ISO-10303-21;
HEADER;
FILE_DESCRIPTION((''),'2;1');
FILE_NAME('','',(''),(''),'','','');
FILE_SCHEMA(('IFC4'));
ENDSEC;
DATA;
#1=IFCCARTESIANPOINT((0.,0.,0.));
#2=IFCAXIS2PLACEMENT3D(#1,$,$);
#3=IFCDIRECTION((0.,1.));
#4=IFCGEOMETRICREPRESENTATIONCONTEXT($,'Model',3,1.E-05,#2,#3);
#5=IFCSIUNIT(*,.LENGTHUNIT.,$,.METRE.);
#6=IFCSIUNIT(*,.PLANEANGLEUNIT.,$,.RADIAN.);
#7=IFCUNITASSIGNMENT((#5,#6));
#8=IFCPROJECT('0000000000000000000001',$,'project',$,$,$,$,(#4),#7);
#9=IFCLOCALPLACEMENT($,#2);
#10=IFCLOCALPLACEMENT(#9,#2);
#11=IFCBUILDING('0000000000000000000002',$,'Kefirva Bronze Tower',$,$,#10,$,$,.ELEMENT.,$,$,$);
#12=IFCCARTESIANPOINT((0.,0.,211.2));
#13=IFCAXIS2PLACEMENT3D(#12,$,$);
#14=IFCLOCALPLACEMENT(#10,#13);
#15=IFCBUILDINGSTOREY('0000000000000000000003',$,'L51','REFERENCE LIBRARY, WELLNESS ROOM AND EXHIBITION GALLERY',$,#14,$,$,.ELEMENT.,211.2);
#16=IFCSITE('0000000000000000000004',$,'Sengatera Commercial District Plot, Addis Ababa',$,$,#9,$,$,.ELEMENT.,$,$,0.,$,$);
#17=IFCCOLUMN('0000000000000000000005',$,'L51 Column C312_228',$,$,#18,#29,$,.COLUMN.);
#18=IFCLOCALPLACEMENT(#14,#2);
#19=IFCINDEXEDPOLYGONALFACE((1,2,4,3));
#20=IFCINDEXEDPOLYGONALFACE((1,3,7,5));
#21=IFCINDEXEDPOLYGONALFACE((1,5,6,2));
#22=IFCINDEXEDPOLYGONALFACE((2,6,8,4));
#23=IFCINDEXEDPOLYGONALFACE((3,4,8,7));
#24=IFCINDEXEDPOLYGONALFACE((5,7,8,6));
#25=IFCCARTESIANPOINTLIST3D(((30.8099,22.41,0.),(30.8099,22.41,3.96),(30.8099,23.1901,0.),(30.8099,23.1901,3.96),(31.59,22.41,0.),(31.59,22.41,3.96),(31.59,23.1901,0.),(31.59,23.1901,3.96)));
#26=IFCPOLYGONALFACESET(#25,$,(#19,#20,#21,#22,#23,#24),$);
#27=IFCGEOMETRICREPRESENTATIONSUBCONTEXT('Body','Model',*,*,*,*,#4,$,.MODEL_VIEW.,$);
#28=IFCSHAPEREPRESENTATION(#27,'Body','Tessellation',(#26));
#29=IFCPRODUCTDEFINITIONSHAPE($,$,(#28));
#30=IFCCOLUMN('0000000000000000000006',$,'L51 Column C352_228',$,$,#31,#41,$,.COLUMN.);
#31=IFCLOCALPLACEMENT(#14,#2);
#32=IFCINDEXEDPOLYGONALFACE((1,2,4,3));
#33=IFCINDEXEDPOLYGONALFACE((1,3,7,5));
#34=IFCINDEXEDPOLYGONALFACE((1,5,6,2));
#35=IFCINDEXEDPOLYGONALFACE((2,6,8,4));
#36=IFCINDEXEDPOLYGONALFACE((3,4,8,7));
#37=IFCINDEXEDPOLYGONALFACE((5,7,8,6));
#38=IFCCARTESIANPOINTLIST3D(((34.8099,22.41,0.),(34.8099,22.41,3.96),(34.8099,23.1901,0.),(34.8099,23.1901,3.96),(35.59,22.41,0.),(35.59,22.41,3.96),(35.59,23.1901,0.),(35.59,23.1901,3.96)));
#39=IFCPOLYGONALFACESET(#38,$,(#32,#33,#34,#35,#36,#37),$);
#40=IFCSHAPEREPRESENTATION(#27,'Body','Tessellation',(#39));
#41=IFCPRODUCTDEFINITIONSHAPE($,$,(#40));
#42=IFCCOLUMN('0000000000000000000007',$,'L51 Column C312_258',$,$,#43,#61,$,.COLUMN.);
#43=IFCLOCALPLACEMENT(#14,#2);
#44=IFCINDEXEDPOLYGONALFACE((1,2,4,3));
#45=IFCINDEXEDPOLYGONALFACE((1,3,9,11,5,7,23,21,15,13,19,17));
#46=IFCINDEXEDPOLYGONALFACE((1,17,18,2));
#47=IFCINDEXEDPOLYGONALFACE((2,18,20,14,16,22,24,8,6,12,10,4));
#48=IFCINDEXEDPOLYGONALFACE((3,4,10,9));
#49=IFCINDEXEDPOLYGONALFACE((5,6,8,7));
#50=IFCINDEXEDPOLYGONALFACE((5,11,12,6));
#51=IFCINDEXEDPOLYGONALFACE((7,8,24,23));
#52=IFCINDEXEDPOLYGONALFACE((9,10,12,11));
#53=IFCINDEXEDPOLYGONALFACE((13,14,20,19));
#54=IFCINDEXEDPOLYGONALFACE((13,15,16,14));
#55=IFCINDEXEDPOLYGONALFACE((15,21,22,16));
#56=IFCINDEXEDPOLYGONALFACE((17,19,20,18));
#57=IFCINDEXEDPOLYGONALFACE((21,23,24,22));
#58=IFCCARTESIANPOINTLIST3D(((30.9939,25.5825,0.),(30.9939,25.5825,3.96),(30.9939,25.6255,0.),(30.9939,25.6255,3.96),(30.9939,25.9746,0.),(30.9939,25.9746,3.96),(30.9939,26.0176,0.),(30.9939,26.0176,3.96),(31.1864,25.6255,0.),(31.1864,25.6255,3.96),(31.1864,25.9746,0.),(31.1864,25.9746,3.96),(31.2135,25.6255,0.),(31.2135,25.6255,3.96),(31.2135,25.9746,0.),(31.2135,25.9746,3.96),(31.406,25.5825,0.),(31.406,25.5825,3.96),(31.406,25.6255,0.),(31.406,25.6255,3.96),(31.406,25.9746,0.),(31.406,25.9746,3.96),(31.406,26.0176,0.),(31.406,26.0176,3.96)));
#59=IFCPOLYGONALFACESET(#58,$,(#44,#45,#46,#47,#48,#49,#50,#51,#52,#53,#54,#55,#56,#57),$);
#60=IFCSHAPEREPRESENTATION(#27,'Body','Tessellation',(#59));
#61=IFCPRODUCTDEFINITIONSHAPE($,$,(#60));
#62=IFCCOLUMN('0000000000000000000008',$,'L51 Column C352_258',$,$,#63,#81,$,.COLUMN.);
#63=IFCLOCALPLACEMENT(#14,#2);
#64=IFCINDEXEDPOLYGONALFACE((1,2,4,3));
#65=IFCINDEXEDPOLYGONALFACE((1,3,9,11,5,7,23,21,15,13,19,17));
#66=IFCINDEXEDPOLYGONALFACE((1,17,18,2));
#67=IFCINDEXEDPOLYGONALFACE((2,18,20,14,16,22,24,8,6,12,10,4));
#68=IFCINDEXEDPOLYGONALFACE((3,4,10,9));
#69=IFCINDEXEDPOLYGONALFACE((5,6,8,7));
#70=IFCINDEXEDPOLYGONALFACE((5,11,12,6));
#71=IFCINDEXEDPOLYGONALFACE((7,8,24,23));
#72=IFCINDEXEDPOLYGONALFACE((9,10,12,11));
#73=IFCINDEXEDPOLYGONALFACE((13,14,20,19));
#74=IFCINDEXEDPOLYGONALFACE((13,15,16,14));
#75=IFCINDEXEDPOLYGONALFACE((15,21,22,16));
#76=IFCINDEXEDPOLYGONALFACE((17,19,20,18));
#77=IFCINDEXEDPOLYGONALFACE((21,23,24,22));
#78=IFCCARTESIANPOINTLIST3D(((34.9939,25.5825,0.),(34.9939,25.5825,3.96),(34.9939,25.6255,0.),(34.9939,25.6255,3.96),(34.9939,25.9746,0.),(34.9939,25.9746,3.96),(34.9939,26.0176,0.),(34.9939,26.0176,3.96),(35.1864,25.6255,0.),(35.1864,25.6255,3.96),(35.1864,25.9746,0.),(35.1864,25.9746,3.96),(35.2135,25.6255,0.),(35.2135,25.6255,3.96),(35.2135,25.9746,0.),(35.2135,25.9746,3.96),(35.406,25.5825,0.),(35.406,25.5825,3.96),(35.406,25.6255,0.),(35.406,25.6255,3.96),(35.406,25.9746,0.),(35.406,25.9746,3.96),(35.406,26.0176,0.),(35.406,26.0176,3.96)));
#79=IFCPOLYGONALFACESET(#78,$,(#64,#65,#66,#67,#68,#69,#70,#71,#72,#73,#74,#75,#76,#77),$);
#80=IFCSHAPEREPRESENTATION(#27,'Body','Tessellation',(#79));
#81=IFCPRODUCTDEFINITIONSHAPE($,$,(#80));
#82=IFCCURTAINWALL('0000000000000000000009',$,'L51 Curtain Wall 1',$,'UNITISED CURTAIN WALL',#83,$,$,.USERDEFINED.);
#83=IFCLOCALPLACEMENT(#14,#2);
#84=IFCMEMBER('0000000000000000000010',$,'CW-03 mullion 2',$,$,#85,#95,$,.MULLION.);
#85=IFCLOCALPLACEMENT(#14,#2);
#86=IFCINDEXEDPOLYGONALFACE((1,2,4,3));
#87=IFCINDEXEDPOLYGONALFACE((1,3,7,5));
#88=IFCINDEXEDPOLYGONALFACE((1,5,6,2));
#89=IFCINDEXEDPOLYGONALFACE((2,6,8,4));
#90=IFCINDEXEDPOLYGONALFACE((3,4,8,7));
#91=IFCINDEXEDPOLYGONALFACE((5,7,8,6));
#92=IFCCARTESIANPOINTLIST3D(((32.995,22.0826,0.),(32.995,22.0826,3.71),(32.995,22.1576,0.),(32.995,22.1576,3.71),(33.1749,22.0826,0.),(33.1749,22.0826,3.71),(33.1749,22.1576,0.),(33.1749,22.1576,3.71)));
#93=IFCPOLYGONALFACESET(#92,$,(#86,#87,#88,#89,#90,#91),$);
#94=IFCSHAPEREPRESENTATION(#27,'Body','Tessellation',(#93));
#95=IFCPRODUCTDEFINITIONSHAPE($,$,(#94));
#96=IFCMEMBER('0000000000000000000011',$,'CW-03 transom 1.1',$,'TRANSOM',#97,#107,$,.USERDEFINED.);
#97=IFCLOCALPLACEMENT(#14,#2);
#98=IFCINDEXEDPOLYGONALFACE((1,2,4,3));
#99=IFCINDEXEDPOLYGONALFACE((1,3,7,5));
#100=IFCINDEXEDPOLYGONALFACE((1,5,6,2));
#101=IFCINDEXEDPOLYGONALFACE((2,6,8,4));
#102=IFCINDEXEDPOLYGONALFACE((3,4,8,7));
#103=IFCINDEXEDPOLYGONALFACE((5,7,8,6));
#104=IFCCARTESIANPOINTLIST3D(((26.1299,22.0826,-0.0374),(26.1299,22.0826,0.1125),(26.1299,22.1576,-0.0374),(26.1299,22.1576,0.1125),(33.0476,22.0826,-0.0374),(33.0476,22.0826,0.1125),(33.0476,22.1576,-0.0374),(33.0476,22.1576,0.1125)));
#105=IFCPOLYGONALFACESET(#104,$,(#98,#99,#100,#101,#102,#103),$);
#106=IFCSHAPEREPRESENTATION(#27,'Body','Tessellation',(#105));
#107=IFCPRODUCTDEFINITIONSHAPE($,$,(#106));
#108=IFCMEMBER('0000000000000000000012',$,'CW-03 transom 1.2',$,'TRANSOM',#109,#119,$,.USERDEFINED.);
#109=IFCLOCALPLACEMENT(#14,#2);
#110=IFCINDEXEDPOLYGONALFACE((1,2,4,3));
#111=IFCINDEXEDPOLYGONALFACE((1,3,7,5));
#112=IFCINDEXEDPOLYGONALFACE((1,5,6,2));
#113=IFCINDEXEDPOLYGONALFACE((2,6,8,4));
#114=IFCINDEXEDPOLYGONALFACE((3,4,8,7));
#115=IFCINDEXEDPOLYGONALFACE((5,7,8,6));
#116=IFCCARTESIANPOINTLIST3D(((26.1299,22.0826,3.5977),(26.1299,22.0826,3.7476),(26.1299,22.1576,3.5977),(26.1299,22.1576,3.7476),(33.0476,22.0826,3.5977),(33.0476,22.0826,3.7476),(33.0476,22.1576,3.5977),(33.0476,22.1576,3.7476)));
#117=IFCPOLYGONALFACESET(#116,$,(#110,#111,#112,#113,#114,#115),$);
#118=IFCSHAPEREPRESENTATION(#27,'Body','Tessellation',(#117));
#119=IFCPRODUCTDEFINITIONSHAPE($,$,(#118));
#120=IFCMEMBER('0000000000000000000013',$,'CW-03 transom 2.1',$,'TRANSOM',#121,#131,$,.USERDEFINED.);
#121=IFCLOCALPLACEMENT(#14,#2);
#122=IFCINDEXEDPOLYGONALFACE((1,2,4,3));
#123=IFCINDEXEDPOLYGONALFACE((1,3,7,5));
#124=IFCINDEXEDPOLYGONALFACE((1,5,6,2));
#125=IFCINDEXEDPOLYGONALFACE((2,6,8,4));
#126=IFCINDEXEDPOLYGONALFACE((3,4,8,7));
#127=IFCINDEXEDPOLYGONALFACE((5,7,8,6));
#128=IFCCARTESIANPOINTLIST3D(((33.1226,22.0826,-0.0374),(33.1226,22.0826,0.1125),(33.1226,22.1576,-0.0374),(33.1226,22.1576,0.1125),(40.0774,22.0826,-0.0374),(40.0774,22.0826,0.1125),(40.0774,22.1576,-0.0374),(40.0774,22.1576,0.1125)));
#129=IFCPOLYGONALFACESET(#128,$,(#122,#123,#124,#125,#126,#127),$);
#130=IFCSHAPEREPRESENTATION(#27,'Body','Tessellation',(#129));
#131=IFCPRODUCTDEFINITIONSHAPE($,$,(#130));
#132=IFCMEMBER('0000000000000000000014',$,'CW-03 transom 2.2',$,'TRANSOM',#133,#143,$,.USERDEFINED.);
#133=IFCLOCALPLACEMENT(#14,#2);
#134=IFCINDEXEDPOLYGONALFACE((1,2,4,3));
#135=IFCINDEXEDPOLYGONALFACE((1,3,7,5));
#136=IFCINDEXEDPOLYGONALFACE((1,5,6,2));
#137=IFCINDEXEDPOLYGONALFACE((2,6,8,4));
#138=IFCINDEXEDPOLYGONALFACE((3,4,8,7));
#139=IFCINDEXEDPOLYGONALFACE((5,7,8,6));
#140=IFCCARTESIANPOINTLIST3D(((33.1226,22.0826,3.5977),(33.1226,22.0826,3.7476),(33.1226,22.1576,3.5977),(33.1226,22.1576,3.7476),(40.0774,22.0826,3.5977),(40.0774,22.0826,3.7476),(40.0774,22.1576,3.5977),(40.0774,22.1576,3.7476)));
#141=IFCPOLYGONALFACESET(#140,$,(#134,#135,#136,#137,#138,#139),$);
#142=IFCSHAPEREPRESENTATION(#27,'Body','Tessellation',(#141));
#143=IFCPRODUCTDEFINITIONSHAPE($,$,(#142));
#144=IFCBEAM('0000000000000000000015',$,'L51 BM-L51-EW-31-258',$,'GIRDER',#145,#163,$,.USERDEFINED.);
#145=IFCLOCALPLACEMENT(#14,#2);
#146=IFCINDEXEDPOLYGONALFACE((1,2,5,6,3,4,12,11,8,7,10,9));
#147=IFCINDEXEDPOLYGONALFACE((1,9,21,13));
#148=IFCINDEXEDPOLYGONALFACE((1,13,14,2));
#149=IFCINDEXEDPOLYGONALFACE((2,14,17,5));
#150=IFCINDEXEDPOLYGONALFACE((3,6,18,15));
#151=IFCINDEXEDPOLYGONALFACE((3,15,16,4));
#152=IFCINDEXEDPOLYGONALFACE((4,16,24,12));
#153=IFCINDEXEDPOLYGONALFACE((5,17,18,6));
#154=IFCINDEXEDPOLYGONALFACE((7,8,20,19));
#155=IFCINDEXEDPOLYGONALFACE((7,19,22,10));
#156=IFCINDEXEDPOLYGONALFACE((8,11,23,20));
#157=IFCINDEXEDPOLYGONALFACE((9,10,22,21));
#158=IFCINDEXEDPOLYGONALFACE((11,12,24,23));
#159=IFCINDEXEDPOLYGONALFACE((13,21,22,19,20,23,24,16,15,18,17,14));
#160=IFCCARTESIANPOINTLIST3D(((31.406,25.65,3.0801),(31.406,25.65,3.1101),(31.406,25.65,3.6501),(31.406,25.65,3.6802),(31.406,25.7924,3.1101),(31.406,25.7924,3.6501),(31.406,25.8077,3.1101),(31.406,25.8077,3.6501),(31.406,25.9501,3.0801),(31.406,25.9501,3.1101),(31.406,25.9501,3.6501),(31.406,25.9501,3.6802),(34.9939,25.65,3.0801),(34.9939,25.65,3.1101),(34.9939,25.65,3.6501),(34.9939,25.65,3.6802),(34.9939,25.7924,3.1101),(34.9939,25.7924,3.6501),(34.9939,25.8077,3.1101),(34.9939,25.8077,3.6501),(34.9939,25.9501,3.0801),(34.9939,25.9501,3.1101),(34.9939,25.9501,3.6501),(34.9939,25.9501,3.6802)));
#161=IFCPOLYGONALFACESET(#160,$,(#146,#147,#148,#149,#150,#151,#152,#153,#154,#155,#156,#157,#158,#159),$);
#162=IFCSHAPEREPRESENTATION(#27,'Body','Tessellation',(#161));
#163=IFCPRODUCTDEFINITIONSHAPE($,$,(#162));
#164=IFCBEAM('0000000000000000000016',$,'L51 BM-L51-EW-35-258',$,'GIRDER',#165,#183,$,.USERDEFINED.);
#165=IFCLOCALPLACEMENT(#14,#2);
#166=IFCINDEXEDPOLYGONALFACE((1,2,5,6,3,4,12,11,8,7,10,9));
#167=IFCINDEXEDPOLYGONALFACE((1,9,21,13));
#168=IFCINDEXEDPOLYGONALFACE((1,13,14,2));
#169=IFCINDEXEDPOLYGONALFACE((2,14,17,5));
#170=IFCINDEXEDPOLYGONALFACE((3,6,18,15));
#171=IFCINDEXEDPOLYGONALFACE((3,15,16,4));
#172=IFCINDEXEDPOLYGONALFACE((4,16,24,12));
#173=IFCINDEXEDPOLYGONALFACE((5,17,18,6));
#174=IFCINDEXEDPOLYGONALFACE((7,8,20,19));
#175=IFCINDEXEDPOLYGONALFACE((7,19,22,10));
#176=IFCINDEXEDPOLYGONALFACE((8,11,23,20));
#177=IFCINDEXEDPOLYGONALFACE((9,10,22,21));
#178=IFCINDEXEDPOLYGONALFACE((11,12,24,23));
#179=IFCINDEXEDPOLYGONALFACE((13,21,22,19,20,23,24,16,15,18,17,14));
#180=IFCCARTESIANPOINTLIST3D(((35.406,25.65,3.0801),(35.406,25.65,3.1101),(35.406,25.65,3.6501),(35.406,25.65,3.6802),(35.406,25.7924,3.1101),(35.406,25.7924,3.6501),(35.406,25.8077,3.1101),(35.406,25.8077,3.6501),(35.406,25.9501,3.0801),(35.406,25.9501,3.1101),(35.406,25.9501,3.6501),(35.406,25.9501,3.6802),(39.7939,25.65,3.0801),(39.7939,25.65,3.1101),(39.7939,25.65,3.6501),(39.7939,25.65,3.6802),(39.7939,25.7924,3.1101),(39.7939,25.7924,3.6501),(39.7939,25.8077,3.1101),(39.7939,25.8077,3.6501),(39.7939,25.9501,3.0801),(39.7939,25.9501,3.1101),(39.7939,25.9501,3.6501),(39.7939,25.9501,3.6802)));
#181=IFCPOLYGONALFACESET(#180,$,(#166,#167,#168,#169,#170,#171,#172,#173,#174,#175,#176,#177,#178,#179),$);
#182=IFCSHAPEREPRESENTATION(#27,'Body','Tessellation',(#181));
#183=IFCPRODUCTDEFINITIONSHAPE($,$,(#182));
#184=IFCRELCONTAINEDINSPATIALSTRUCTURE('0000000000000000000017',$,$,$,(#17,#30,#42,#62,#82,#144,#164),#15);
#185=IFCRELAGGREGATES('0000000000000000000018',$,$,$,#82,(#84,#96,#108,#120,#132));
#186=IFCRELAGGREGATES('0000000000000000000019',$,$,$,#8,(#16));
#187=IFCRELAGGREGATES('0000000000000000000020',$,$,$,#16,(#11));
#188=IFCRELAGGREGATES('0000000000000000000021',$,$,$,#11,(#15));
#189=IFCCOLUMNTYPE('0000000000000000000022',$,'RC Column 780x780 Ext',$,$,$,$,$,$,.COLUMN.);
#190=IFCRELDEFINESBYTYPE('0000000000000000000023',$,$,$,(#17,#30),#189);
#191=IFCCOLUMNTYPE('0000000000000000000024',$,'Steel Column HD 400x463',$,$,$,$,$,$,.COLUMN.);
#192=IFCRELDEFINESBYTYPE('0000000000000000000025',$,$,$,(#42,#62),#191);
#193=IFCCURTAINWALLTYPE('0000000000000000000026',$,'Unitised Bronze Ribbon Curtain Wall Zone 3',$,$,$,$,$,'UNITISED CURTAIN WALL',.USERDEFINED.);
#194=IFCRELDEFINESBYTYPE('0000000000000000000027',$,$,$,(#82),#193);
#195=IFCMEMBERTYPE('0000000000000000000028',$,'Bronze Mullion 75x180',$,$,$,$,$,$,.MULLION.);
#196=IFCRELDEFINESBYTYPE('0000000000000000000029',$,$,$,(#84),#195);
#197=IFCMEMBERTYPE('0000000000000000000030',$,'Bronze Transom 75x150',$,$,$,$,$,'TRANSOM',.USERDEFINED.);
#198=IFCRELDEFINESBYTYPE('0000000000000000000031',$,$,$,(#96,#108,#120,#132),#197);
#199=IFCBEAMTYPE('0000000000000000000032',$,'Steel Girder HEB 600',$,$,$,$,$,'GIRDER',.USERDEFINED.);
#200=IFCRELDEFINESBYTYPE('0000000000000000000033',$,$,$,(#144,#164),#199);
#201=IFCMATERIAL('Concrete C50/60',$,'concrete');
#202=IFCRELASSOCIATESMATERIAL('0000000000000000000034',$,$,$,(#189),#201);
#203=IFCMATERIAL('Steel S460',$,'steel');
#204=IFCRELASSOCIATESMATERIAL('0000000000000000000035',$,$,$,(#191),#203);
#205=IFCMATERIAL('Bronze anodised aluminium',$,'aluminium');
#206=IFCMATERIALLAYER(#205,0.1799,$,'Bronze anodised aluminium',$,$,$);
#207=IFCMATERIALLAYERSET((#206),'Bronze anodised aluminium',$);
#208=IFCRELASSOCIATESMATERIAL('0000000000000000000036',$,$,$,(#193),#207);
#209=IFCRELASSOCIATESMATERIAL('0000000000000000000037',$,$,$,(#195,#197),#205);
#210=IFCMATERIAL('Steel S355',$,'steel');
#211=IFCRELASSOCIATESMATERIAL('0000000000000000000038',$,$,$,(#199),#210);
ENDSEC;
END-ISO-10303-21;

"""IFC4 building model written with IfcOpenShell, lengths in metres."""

from ifc_helpers import new_model, si_unit, direction, frame, origin, origin_2d, place, context, subcontext, project, spatial, rectangle, i_section, extrude, material, layer, layer_set, material_profile, profile_set, type_object, element, aggregate, save


model = new_model("IFC4")

# Units and contexts
model_context = context("Model", 3, precision=1e-05, world=origin(), true_north=direction((0.0, 1.0)))
body_context = subcontext(model_context, "Body", "Model", "MODEL_VIEW")
ifc_project = project(units=[si_unit("LENGTHUNIT", "METRE"), si_unit("PLANEANGLEUNIT", "RADIAN")], contexts=[model_context])

# Site, building, storey
site_placement = place(None, origin())
site = spatial("IfcSite", under=ifc_project, at=site_placement, Name="Sengatera Commercial District Plot, Addis Ababa", CompositionType="ELEMENT", RefElevation=0.0)
building_placement = place(site_placement, origin())
building = spatial("IfcBuilding", under=site, at=building_placement, Name="Kefirva Bronze Tower", CompositionType="ELEMENT")
storey_placement = place(building_placement, frame((0.0, 0.0, 211.2)))
storey = spatial("IfcBuildingStorey", under=building, at=storey_placement, Name="L51", Description="REFERENCE LIBRARY, WELLNESS ROOM AND EXHIBITION GALLERY", CompositionType="ELEMENT", Elevation=211.2)

# Columns
ifc_material_1 = material(Name="Concrete C50/60", Category="concrete")
ifc_material_profile_1 = material_profile(ifc_material_1, rectangle(XDim=0.78, YDim=0.78, at=origin_2d()), Name="RC 780x780")
ifc_profile_set_1 = profile_set([ifc_material_profile_1], Name="Concrete C50/60")
column_type_1 = type_object("IfcColumnType", Name="RC Column 780x780 Ext", PredefinedType="COLUMN", material=ifc_profile_set_1)
for number, where, z_axis, x_axis, name in (
    (1, (31.2, 22.8, 0.0), (0.0, 0.0, 1.0), (1.0, 0.0, 0.0), "L51 Column C312_228"),
    (2, (35.2, 22.8, 0.0), (0.0, 0.0, 1.0), (1.0, 0.0, 0.0), "L51 Column C352_228"),
):
    element("IfcColumn", number, at=place(storey_placement, frame(where, z_axis=z_axis, x_axis=x_axis)), inside=storey, type_object=column_type_1, Name=name, PredefinedType="COLUMN", context=body_context, shape_type="SweptSolid", body=[
        extrude(rectangle(XDim=0.78, YDim=0.78, at=origin_2d()), origin(), (0.0, 0.0, 1.0), 3.96),
    ])
ifc_material_2 = material(Name="Steel S460", Category="steel")
ifc_material_profile_2 = material_profile(ifc_material_2, i_section(OverallWidth=0.4121, OverallDepth=0.4351, WebThickness=0.0271, FlangeThickness=0.043, at=origin_2d()), Name="HD 400x463")
ifc_profile_set_2 = profile_set([ifc_material_profile_2], Name="Steel S460")
column_type_2 = type_object("IfcColumnType", Name="Steel Column HD 400x463", PredefinedType="COLUMN", material=ifc_profile_set_2)
for number, where, z_axis, x_axis, name in (
    (3, (31.2, 25.8, 0.0), (0.0, 0.0, 1.0), (1.0, 0.0, 0.0), "L51 Column C312_258"),
    (4, (35.2, 25.8, 0.0), (0.0, 0.0, 1.0), (1.0, 0.0, 0.0), "L51 Column C352_258"),
):
    element("IfcColumn", number, at=place(storey_placement, frame(where, z_axis=z_axis, x_axis=x_axis)), inside=storey, type_object=column_type_2, Name=name, PredefinedType="COLUMN", context=body_context, shape_type="SweptSolid", body=[
        extrude(i_section(OverallWidth=0.4121, OverallDepth=0.4351, WebThickness=0.0271, FlangeThickness=0.043, at=origin_2d()), origin(), (0.0, 0.0, 1.0), 3.96),
    ])

# Curtain wall, members
ifc_material_3 = material(Name="Bronze anodised aluminium", Category="aluminium")
ifc_layer_1 = layer(ifc_material_3, 0.1799, Name="Bronze anodised aluminium")
ifc_layer_set_1 = layer_set([ifc_layer_1], Name="Bronze anodised aluminium")
curtain_wall_type = type_object("IfcCurtainWallType", Name="Unitised Bronze Ribbon Curtain Wall Zone 3", ElementType="UNITISED CURTAIN WALL", PredefinedType="USERDEFINED", material=ifc_layer_set_1)
curtain_wall_placement = place(storey_placement, origin())
curtain_wall = element("IfcCurtainWall", 5, at=curtain_wall_placement, inside=storey, type_object=curtain_wall_type, Name="L51 Curtain Wall 1", ObjectType="UNITISED CURTAIN WALL", PredefinedType="USERDEFINED")
ifc_material_profile_3 = material_profile(ifc_material_3, rectangle(XDim=0.075, YDim=0.1799, at=origin_2d()), Name="ALU 75x180")
ifc_profile_set_3 = profile_set([ifc_material_profile_3], Name="Bronze anodised aluminium")
member_type_1 = type_object("IfcMemberType", Name="Bronze Mullion 75x180", PredefinedType="MULLION", material=ifc_profile_set_3)
member_1_placement = place(storey_placement, frame((33.085, 22.1201, 0.0), z_axis=(0.0, 0.0, 1.0), x_axis=(0.0, 1.0, 0.0)))
member_1 = element("IfcMember", 6, at=member_1_placement, type_object=member_type_1, Name="CW-03 mullion 2", PredefinedType="MULLION", context=body_context, shape_type="SweptSolid", body=[
    extrude(rectangle(XDim=0.075, YDim=0.1799, at=origin_2d()), origin(), (0.0, 0.0, 1.0), 3.71),
])
ifc_material_profile_4 = material_profile(ifc_material_3, rectangle(XDim=0.075, YDim=0.1499, at=origin_2d()), Name="ALU 75x150")
ifc_profile_set_4 = profile_set([ifc_material_profile_4], Name="Bronze anodised aluminium")
member_type_2 = type_object("IfcMemberType", Name="Bronze Transom 75x150", ElementType="TRANSOM", PredefinedType="USERDEFINED", material=ifc_profile_set_4)
member_2_placement = place(storey_placement, frame((26.1299, 22.1201, 0.0376), z_axis=(1.0, 0.0, 0.0), x_axis=(0.0, 1.0, 0.0)))
member_2 = element("IfcMember", 7, at=member_2_placement, type_object=member_type_2, Name="CW-03 transom 1.1", ObjectType="TRANSOM", PredefinedType="USERDEFINED", context=body_context, shape_type="SweptSolid", body=[
    extrude(rectangle(XDim=0.075, YDim=0.1499, at=origin_2d()), origin(), (0.0, 0.0, 1.0), 6.9177),
])
member_3_placement = place(storey_placement, frame((26.1299, 22.1201, 3.6726), z_axis=(1.0, 0.0, 0.0), x_axis=(0.0, 1.0, 0.0)))
member_3 = element("IfcMember", 8, at=member_3_placement, type_object=member_type_2, Name="CW-03 transom 1.2", ObjectType="TRANSOM", PredefinedType="USERDEFINED", context=body_context, shape_type="SweptSolid", body=[
    extrude(rectangle(XDim=0.075, YDim=0.1499, at=origin_2d()), origin(), (0.0, 0.0, 1.0), 6.9177),
])
member_4_placement = place(storey_placement, frame((33.1226, 22.1201, 0.0376), z_axis=(1.0, 0.0, 0.0), x_axis=(0.0, 1.0, 0.0)))
member_4 = element("IfcMember", 9, at=member_4_placement, type_object=member_type_2, Name="CW-03 transom 2.1", ObjectType="TRANSOM", PredefinedType="USERDEFINED", context=body_context, shape_type="SweptSolid", body=[
    extrude(rectangle(XDim=0.075, YDim=0.1499, at=origin_2d()), origin(), (0.0, 0.0, 1.0), 6.9548),
])
member_5_placement = place(storey_placement, frame((33.1226, 22.1201, 3.6726), z_axis=(1.0, 0.0, 0.0), x_axis=(0.0, 1.0, 0.0)))
member_5 = element("IfcMember", 10, at=member_5_placement, type_object=member_type_2, Name="CW-03 transom 2.2", ObjectType="TRANSOM", PredefinedType="USERDEFINED", context=body_context, shape_type="SweptSolid", body=[
    extrude(rectangle(XDim=0.075, YDim=0.1499, at=origin_2d()), origin(), (0.0, 0.0, 1.0), 6.9548),
])

# Beams
ifc_material_4 = material(Name="Steel S355", Category="steel")
ifc_material_profile_5 = material_profile(ifc_material_4, i_section(OverallWidth=0.3, OverallDepth=0.6001, WebThickness=0.0154, FlangeThickness=0.03, at=origin_2d()), Name="HEB 600")
ifc_profile_set_5 = profile_set([ifc_material_profile_5], Name="Steel S355")
beam_type_1 = type_object("IfcBeamType", Name="Steel Girder HEB 600", ElementType="GIRDER", PredefinedType="USERDEFINED", material=ifc_profile_set_5)
beam_1_placement = place(storey_placement, frame((31.406, 25.8, 3.3801), z_axis=(1.0, 0.0, 0.0), x_axis=(0.0, 1.0, 0.0)))
element("IfcBeam", 11, at=beam_1_placement, inside=storey, type_object=beam_type_1, Name="L51 BM-L51-EW-31-258", ObjectType="GIRDER", PredefinedType="USERDEFINED", context=body_context, shape_type="SweptSolid", body=[
    extrude(i_section(OverallWidth=0.3, OverallDepth=0.6001, WebThickness=0.0154, FlangeThickness=0.03, at=origin_2d()), origin(), (0.0, 0.0, 1.0), 3.5879),
])
beam_2_placement = place(storey_placement, frame((35.406, 25.8, 3.3801), z_axis=(1.0, 0.0, 0.0), x_axis=(0.0, 1.0, 0.0)))
element("IfcBeam", 12, at=beam_2_placement, inside=storey, type_object=beam_type_1, Name="L51 BM-L51-EW-35-258", ObjectType="GIRDER", PredefinedType="USERDEFINED", context=body_context, shape_type="SweptSolid", body=[
    extrude(i_section(OverallWidth=0.3, OverallDepth=0.6001, WebThickness=0.0154, FlangeThickness=0.03, at=origin_2d()), origin(), (0.0, 0.0, 1.0), 4.3879),
])

aggregate(curtain_wall, [member_1, member_2, member_3, member_4, member_5])

save(model, "model.ifc")
